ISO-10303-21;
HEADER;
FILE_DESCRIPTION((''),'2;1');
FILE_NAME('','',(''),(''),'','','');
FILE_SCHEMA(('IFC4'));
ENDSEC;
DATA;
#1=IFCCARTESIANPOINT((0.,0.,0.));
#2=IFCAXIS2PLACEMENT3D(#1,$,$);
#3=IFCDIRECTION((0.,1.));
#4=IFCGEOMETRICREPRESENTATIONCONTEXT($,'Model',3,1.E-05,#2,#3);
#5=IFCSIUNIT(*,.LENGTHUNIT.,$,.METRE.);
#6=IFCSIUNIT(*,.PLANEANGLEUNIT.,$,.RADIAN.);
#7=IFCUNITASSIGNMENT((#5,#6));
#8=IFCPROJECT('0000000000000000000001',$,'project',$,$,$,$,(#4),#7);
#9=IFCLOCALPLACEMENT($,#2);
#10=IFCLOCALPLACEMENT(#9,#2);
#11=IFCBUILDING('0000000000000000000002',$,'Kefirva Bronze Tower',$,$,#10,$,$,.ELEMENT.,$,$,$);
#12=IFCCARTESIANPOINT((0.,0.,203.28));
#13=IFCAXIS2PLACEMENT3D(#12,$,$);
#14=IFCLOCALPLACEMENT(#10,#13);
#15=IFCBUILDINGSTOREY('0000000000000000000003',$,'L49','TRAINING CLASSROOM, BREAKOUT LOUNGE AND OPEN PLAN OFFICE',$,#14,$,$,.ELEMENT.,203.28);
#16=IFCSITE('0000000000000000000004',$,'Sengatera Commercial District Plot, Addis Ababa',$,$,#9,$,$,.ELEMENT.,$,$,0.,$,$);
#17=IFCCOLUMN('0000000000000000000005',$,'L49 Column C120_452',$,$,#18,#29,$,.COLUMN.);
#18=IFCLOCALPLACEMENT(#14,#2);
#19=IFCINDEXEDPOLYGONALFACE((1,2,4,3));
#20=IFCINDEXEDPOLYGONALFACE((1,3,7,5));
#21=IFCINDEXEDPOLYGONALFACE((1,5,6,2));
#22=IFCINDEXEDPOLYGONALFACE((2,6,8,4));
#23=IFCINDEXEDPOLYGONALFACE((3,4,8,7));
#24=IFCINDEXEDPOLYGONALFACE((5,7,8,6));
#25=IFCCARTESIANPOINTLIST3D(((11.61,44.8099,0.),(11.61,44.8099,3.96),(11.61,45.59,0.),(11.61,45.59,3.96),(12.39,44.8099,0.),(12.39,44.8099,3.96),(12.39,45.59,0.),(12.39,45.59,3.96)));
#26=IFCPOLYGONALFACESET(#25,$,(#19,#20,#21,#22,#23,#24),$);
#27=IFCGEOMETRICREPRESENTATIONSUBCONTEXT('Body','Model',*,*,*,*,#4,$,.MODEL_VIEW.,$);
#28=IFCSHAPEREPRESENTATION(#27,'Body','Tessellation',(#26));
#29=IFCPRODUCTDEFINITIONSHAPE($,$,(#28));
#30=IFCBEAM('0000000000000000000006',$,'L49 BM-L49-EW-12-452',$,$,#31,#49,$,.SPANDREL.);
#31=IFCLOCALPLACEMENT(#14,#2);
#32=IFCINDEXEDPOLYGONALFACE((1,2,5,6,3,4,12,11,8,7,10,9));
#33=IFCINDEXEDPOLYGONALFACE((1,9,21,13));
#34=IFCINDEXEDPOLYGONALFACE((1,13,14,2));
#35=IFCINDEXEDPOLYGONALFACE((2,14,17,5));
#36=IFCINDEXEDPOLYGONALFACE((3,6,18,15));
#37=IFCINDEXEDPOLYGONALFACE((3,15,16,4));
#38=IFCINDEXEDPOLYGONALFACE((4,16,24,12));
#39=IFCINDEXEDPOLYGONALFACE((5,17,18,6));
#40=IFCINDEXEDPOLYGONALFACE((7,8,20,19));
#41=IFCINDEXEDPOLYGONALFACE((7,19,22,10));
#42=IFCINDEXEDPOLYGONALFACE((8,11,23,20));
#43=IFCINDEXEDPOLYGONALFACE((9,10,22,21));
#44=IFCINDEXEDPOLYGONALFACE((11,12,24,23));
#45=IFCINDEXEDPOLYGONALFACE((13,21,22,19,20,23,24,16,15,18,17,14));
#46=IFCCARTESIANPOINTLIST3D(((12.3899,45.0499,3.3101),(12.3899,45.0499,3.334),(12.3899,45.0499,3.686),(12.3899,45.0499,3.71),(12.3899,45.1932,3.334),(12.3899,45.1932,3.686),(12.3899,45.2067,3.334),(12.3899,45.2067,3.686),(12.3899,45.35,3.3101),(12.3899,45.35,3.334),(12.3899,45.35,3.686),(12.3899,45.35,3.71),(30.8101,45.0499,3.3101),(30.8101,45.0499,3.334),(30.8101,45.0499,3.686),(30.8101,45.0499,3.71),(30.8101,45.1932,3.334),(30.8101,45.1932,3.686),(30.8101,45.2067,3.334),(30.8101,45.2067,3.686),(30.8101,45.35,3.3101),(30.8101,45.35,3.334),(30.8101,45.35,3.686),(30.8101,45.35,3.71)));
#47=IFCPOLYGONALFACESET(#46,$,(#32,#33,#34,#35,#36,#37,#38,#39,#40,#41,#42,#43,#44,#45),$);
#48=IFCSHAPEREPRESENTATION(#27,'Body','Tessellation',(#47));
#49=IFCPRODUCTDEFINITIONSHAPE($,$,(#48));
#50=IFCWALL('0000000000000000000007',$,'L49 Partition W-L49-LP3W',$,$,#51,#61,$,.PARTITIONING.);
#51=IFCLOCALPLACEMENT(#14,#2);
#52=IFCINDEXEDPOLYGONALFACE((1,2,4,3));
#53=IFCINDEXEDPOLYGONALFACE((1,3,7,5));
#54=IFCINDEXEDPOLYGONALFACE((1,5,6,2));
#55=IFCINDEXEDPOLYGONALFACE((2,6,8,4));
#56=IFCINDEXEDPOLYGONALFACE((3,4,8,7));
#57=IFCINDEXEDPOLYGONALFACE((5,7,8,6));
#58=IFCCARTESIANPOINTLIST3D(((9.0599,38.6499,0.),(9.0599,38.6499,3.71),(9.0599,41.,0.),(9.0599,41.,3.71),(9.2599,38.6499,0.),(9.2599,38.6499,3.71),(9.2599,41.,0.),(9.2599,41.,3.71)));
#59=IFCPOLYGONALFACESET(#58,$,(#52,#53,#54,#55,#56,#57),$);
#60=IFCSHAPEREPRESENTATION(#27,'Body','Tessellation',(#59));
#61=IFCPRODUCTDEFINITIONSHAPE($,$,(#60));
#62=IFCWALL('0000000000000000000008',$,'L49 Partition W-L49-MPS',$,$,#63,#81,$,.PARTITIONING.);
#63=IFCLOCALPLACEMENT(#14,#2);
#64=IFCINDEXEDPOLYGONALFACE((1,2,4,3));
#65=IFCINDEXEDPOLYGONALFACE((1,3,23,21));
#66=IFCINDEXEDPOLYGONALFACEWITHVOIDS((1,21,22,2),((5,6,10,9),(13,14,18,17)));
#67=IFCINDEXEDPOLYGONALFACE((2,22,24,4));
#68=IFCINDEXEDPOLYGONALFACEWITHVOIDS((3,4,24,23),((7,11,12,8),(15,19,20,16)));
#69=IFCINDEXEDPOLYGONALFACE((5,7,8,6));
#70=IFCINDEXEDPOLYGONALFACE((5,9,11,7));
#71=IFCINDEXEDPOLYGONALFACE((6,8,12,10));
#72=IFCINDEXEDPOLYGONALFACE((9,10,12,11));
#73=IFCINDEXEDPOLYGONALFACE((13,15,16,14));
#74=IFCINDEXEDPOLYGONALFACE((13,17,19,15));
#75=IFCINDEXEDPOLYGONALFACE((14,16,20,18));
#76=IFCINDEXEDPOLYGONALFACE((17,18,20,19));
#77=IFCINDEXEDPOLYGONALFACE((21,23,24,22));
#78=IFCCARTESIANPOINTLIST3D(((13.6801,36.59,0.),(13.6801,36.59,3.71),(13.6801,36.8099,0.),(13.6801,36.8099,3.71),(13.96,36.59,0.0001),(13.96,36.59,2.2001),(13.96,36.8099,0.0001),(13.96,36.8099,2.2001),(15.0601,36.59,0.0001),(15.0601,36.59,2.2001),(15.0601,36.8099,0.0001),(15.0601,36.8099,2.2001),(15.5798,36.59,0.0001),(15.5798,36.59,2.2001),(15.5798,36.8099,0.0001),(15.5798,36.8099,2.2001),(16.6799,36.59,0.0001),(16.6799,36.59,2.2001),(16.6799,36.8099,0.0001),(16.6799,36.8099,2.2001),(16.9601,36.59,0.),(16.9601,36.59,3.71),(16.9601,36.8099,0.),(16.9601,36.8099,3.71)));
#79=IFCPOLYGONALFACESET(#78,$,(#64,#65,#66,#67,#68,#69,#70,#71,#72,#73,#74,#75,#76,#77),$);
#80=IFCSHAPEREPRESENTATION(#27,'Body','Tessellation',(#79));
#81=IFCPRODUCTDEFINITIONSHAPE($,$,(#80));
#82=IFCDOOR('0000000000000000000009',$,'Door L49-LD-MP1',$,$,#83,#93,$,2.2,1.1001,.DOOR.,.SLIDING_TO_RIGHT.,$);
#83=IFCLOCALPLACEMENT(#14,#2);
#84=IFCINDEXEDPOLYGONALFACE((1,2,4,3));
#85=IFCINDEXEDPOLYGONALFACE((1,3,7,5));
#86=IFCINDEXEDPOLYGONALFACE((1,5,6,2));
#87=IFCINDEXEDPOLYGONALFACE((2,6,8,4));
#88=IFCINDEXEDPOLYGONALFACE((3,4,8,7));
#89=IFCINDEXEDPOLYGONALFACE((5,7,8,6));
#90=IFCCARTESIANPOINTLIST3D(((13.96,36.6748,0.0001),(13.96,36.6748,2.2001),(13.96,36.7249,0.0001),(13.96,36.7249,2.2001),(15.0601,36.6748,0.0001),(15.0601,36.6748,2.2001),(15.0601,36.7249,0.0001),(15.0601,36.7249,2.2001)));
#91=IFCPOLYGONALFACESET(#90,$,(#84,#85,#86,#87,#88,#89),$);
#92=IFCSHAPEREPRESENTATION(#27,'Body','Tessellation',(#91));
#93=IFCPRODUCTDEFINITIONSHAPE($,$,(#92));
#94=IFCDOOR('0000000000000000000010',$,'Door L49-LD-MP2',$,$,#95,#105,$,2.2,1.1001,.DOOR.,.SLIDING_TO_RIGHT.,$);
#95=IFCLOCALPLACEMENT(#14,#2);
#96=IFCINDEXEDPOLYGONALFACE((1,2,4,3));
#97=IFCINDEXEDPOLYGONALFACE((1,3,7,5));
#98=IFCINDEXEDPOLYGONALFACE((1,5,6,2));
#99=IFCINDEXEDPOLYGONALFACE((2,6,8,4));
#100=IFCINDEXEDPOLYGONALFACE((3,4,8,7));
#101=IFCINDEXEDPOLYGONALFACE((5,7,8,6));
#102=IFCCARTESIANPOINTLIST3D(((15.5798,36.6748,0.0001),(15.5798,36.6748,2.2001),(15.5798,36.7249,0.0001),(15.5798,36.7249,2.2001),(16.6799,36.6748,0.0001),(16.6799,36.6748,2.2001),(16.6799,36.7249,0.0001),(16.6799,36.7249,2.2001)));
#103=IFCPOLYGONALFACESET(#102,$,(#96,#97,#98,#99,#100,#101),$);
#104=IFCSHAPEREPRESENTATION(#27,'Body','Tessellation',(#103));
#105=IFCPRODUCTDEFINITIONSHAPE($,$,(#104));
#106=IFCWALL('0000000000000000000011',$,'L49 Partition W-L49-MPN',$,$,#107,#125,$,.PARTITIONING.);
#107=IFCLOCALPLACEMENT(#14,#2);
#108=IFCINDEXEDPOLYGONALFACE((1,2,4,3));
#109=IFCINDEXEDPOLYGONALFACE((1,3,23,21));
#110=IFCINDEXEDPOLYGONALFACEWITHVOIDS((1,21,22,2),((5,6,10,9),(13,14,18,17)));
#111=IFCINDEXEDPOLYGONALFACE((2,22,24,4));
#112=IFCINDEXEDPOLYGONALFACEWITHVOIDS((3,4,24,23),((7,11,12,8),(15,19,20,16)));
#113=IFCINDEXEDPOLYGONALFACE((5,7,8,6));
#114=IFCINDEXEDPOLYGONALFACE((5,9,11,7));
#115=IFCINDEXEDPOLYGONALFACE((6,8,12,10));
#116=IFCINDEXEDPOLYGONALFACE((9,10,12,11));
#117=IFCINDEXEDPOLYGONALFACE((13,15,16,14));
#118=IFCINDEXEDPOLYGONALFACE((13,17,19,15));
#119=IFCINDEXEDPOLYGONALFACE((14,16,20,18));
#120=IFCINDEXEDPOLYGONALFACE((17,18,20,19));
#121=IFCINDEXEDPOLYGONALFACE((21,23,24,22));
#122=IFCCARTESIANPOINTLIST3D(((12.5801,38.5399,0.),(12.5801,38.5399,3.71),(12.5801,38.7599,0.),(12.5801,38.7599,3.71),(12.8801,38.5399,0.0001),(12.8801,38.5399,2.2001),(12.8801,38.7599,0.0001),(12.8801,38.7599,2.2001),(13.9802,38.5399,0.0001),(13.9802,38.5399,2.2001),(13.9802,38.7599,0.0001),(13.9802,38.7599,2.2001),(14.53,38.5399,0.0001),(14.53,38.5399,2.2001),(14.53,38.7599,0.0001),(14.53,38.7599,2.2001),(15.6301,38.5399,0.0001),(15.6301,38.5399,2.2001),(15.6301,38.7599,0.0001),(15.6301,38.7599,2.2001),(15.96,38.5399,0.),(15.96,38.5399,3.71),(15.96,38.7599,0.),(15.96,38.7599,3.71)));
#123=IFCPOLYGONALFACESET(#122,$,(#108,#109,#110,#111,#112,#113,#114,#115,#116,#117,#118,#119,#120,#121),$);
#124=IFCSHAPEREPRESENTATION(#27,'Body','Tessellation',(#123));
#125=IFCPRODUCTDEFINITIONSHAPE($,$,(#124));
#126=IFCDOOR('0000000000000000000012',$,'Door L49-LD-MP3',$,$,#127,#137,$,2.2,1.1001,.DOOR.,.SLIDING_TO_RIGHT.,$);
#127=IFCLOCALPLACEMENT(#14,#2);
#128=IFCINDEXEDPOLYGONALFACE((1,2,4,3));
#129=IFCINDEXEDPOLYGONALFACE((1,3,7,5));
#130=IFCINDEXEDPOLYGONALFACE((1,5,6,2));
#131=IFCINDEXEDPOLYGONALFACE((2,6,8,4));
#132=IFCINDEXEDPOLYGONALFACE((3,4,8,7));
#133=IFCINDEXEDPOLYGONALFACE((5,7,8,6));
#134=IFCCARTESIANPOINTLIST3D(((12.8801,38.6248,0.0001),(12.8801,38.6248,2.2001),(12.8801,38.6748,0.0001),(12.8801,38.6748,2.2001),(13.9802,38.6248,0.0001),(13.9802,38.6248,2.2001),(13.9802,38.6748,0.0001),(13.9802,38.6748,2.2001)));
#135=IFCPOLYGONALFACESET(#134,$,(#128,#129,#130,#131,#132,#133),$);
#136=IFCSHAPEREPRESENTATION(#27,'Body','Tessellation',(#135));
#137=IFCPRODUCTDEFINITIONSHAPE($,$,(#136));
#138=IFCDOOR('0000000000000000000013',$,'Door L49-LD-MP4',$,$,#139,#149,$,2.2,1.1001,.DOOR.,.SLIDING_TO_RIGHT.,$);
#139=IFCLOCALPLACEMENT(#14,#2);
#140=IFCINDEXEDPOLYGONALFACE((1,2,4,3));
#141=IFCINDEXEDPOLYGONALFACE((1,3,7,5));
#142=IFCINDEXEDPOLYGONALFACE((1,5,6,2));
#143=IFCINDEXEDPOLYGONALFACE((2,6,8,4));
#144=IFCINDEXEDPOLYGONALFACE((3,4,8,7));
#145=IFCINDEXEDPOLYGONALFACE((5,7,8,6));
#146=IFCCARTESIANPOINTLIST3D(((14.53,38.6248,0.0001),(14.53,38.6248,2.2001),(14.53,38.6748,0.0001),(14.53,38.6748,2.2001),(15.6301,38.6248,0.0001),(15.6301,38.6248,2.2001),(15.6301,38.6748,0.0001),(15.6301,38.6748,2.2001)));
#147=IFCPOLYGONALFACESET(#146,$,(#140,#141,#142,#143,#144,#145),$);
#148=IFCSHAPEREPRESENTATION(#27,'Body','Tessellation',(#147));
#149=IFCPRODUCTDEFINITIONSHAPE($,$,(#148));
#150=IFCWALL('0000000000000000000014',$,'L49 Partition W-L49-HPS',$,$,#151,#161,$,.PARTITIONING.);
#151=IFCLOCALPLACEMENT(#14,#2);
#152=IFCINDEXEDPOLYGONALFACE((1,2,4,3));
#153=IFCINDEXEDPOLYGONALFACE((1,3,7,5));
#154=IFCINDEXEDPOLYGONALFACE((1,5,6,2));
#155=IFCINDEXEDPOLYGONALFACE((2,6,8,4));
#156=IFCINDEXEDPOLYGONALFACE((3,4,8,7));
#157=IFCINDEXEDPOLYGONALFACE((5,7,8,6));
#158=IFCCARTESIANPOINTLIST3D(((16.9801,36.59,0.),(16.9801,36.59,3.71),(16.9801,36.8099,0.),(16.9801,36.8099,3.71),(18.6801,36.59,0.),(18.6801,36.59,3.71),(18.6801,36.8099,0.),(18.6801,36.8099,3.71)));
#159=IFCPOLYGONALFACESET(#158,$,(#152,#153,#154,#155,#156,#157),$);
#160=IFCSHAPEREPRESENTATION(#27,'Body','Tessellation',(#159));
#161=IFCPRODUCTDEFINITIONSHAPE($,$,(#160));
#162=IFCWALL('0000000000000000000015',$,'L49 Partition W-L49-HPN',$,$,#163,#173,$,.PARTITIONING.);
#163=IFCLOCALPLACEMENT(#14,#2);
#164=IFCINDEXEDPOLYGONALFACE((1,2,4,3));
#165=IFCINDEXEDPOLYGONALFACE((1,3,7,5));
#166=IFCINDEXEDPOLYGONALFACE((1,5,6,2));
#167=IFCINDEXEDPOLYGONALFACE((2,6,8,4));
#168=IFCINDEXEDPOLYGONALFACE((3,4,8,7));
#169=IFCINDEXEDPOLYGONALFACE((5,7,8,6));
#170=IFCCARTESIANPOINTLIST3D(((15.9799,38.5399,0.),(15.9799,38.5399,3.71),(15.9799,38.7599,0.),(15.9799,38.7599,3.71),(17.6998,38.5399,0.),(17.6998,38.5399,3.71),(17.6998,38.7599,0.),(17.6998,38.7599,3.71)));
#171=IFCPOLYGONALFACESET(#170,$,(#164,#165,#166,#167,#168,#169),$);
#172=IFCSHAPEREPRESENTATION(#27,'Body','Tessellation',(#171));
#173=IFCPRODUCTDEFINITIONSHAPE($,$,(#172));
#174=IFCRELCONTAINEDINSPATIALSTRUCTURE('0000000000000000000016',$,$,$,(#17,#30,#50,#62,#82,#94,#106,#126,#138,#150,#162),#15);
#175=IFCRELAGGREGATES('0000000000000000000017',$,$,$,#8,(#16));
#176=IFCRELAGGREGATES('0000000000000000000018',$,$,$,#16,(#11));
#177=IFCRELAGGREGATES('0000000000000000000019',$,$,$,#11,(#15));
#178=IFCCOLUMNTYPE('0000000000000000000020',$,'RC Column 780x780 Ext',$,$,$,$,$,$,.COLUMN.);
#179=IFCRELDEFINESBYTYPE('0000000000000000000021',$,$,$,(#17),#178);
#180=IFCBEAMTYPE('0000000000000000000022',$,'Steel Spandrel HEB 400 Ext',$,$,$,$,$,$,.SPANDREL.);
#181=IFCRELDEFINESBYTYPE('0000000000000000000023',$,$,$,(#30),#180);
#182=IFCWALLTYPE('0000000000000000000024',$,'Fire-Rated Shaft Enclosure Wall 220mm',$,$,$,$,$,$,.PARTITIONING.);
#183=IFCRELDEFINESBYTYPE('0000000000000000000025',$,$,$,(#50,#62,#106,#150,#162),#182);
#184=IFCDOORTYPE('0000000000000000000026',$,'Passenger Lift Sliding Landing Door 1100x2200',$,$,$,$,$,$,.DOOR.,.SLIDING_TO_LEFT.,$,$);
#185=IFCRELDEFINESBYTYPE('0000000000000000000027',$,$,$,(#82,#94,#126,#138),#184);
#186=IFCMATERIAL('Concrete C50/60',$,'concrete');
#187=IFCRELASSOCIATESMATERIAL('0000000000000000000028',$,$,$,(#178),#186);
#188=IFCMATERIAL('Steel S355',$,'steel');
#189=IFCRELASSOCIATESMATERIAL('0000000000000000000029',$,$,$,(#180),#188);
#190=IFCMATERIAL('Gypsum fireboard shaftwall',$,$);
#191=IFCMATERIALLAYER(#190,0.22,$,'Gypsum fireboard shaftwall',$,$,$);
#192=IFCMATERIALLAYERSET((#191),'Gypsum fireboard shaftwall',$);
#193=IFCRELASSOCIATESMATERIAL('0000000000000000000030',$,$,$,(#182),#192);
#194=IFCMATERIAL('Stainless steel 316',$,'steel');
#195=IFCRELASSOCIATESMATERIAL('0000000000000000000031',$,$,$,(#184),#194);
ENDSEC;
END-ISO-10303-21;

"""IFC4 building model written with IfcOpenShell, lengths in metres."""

from ifc_helpers import new_model, si_unit, direction, frame, frame_2d, origin, origin_2d, place, context, subcontext, project, spatial, rectangle, i_section, extrude, material, layer, layer_set, material_profile, profile_set, type_object, element, fill, save


model = new_model("IFC4")

# Units and contexts
model_context = context("Model", 3, precision=1e-05, world=origin(), true_north=direction((0.0, 1.0)))
body_context = subcontext(model_context, "Body", "Model", "MODEL_VIEW")
ifc_project = project(units=[si_unit("LENGTHUNIT", "METRE"), si_unit("PLANEANGLEUNIT", "RADIAN")], contexts=[model_context])

# Site, building, storey
site_placement = place(None, origin())
site = spatial("IfcSite", under=ifc_project, at=site_placement, Name="Sengatera Commercial District Plot, Addis Ababa", CompositionType="ELEMENT", RefElevation=0.0)
building_placement = place(site_placement, origin())
building = spatial("IfcBuilding", under=site, at=building_placement, Name="Kefirva Bronze Tower", CompositionType="ELEMENT")
storey_placement = place(building_placement, frame((0.0, 0.0, 203.28)))
storey = spatial("IfcBuildingStorey", under=building, at=storey_placement, Name="L49", Description="TRAINING CLASSROOM, BREAKOUT LOUNGE AND OPEN PLAN OFFICE", CompositionType="ELEMENT", Elevation=203.28)

# Column
ifc_material_1 = material(Name="Concrete C50/60", Category="concrete")
ifc_material_profile_1 = material_profile(ifc_material_1, rectangle(XDim=0.78, YDim=0.78, at=origin_2d()), Name="RC 780x780")
ifc_profile_set_1 = profile_set([ifc_material_profile_1], Name="Concrete C50/60")
column_type = type_object("IfcColumnType", Name="RC Column 780x780 Ext", PredefinedType="COLUMN", material=ifc_profile_set_1)
column_placement = place(storey_placement, frame((12.0, 45.2, 0.0), z_axis=(0.0, 0.0, 1.0), x_axis=(1.0, 0.0, 0.0)))
element("IfcColumn", 1, at=column_placement, inside=storey, type_object=column_type, Name="L49 Column C120_452", PredefinedType="COLUMN", context=body_context, shape_type="SweptSolid", body=[
    extrude(rectangle(XDim=0.78, YDim=0.78, at=origin_2d()), origin(), (0.0, 0.0, 1.0), 3.96),
])

# Beam
ifc_material_2 = material(Name="Steel S355", Category="steel")
ifc_material_profile_2 = material_profile(ifc_material_2, i_section(OverallWidth=0.3, OverallDepth=0.3999, WebThickness=0.0134, FlangeThickness=0.0239, at=origin_2d()), Name="HEB 400")
ifc_profile_set_2 = profile_set([ifc_material_profile_2], Name="Steel S355")
beam_type = type_object("IfcBeamType", Name="Steel Spandrel HEB 400 Ext", PredefinedType="SPANDREL", material=ifc_profile_set_2)
beam_placement = place(storey_placement, frame((12.3899, 45.2, 3.51), z_axis=(1.0, 0.0, 0.0), x_axis=(0.0, 1.0, 0.0)))
element("IfcBeam", 2, at=beam_placement, inside=storey, type_object=beam_type, Name="L49 BM-L49-EW-12-452", PredefinedType="SPANDREL", context=body_context, shape_type="SweptSolid", body=[
    extrude(i_section(OverallWidth=0.3, OverallDepth=0.3999, WebThickness=0.0134, FlangeThickness=0.0239, at=origin_2d()), origin(), (0.0, 0.0, 1.0), 18.4202),
])

# Wall
ifc_material_3 = material(Name="Gypsum fireboard shaftwall")
ifc_layer_1 = layer(ifc_material_3, 0.22, Name="Gypsum fireboard shaftwall")
ifc_layer_set_1 = layer_set([ifc_layer_1], Name="Gypsum fireboard shaftwall")
wall_type_1 = type_object("IfcWallType", Name="Fire-Rated Shaft Enclosure Wall 220mm", PredefinedType="PARTITIONING", material=ifc_layer_set_1)
wall_1_placement = place(storey_placement, frame((9.1599, 38.6499, 0.0), z_axis=(0.0, 0.0, 1.0), x_axis=(0.0, 1.0, 0.0)))
element("IfcWall", 3, at=wall_1_placement, inside=storey, type_object=wall_type_1, Name="L49 Partition W-L49-LP3W", PredefinedType="PARTITIONING", context=body_context, shape_type="SweptSolid", body=[
    extrude(rectangle(XDim=2.3501, YDim=0.2, at=frame_2d((1.175, 0.0))), origin(), (0.0, 0.0, 1.0), 3.71),
])

# Walls, openings, doors
wall_2_placement = place(storey_placement, frame((13.6799, 36.7, 0.0), z_axis=(0.0, 0.0, 1.0), x_axis=(1.0, 0.0, 0.0)))
wall_2 = element("IfcWall", 4, at=wall_2_placement, inside=storey, type_object=wall_type_1, Name="L49 Partition W-L49-MPS", PredefinedType="PARTITIONING", context=body_context, shape_type="SweptSolid", body=[
    extrude(rectangle(XDim=3.28, YDim=0.22, at=frame_2d((1.6401, 0.0))), origin(), (0.0, 0.0, 1.0), 3.71),
])
opening_1_placement = place(wall_2_placement, frame((0.28, 0.0, 0.0)))
opening_1 = element("IfcOpeningElement", 5, at=opening_1_placement, cuts=wall_2, PredefinedType="OPENING", context=body_context, shape_type="SweptSolid", body=[
    extrude(rectangle(XDim=1.1001, YDim=2.2, at=frame_2d((0.55, 1.1001))), frame((0.0, 0.1201, 0.0), z_axis=(0.0, -1.0, 0.0), x_axis=(1.0, 0.0, 0.0)), (0.0, 0.0, 1.0), 0.24),
])
opening_2_placement = place(wall_2_placement, frame((1.8999, 0.0, 0.0)))
opening_2 = element("IfcOpeningElement", 6, at=opening_2_placement, cuts=wall_2, PredefinedType="OPENING", context=body_context, shape_type="SweptSolid", body=[
    extrude(rectangle(XDim=1.1001, YDim=2.2, at=frame_2d((0.55, 1.1001))), frame((0.0, 0.1201, 0.0), z_axis=(0.0, -1.0, 0.0), x_axis=(1.0, 0.0, 0.0)), (0.0, 0.0, 1.0), 0.24),
])
ifc_material_4 = material(Name="Stainless steel 316", Category="steel")
door_type_1 = type_object("IfcDoorType", Name="Passenger Lift Sliding Landing Door 1100x2200", OperationType="SLIDING_TO_LEFT", PredefinedType="DOOR", material=ifc_material_4)
door_1_placement = place(opening_1_placement, origin())
door_1 = element("IfcDoor", 7, at=door_1_placement, inside=storey, type_object=door_type_1, Name="Door L49-LD-MP1", OperationType="SLIDING_TO_RIGHT", OverallHeight=2.2, OverallWidth=1.1001, PredefinedType="DOOR", context=body_context, shape_type="SweptSolid", body=[
    extrude(rectangle(XDim=1.1001, YDim=2.2, at=frame_2d((0.55, 1.1001))), frame((0.0, 0.0249, 0.0), z_axis=(0.0, -1.0, 0.0), x_axis=(1.0, 0.0, 0.0)), (0.0, 0.0, 1.0), 0.05),
])
fill(opening_1, door_1)
door_2_placement = place(opening_2_placement, origin())
door_2 = element("IfcDoor", 8, at=door_2_placement, inside=storey, type_object=door_type_1, Name="Door L49-LD-MP2", OperationType="SLIDING_TO_RIGHT", OverallHeight=2.2, OverallWidth=1.1001, PredefinedType="DOOR", context=body_context, shape_type="SweptSolid", body=[
    extrude(rectangle(XDim=1.1001, YDim=2.2, at=frame_2d((0.55, 1.1001))), frame((0.0, 0.0249, 0.0), z_axis=(0.0, -1.0, 0.0), x_axis=(1.0, 0.0, 0.0)), (0.0, 0.0, 1.0), 0.05),
])
fill(opening_2, door_2)
wall_3_placement = place(storey_placement, frame((12.5801, 38.6499, 0.0), z_axis=(0.0, 0.0, 1.0), x_axis=(1.0, 0.0, 0.0)))
wall_3 = element("IfcWall", 9, at=wall_3_placement, inside=storey, type_object=wall_type_1, Name="L49 Partition W-L49-MPN", PredefinedType="PARTITIONING", context=body_context, shape_type="SweptSolid", body=[
    extrude(rectangle(XDim=3.3799, YDim=0.22, at=frame_2d((1.6899, 0.0))), origin(), (0.0, 0.0, 1.0), 3.71),
])
opening_3_placement = place(wall_3_placement, frame((0.3, 0.0, 0.0)))
opening_3 = element("IfcOpeningElement", 10, at=opening_3_placement, cuts=wall_3, PredefinedType="OPENING", context=body_context, shape_type="SweptSolid", body=[
    extrude(rectangle(XDim=1.1001, YDim=2.2, at=frame_2d((0.55, 1.1001))), frame((0.0, 0.1201, 0.0), z_axis=(0.0, -1.0, 0.0), x_axis=(1.0, 0.0, 0.0)), (0.0, 0.0, 1.0), 0.24),
])
opening_4_placement = place(wall_3_placement, frame((1.95, 0.0, 0.0)))
opening_4 = element("IfcOpeningElement", 11, at=opening_4_placement, cuts=wall_3, PredefinedType="OPENING", context=body_context, shape_type="SweptSolid", body=[
    extrude(rectangle(XDim=1.1001, YDim=2.2, at=frame_2d((0.55, 1.1001))), frame((0.0, 0.1201, 0.0), z_axis=(0.0, -1.0, 0.0), x_axis=(1.0, 0.0, 0.0)), (0.0, 0.0, 1.0), 0.24),
])
door_3_placement = place(opening_3_placement, origin())
door_3 = element("IfcDoor", 12, at=door_3_placement, inside=storey, type_object=door_type_1, Name="Door L49-LD-MP3", OperationType="SLIDING_TO_RIGHT", OverallHeight=2.2, OverallWidth=1.1001, PredefinedType="DOOR", context=body_context, shape_type="SweptSolid", body=[
    extrude(rectangle(XDim=1.1001, YDim=2.2, at=frame_2d((0.55, 1.1001))), frame((0.0, 0.0249, 0.0), z_axis=(0.0, -1.0, 0.0), x_axis=(1.0, 0.0, 0.0)), (0.0, 0.0, 1.0), 0.05),
])
fill(opening_3, door_3)
door_4_placement = place(opening_4_placement, origin())
door_4 = element("IfcDoor", 13, at=door_4_placement, inside=storey, type_object=door_type_1, Name="Door L49-LD-MP4", OperationType="SLIDING_TO_RIGHT", OverallHeight=2.2, OverallWidth=1.1001, PredefinedType="DOOR", context=body_context, shape_type="SweptSolid", body=[
    extrude(rectangle(XDim=1.1001, YDim=2.2, at=frame_2d((0.55, 1.1001))), frame((0.0, 0.0249, 0.0), z_axis=(0.0, -1.0, 0.0), x_axis=(1.0, 0.0, 0.0)), (0.0, 0.0, 1.0), 0.05),
])
fill(opening_4, door_4)

# Walls
wall_4_placement = place(storey_placement, frame((16.98, 36.7, 0.0), z_axis=(0.0, 0.0, 1.0), x_axis=(1.0, 0.0, 0.0)))
element("IfcWall", 14, at=wall_4_placement, inside=storey, type_object=wall_type_1, Name="L49 Partition W-L49-HPS", PredefinedType="PARTITIONING", context=body_context, shape_type="SweptSolid", body=[
    extrude(rectangle(XDim=1.7, YDim=0.22, at=frame_2d((0.8501, 0.0))), origin(), (0.0, 0.0, 1.0), 3.71),
])
wall_5_placement = place(storey_placement, frame((15.98, 38.6499, 0.0), z_axis=(0.0, 0.0, 1.0), x_axis=(1.0, 0.0, 0.0)))
element("IfcWall", 15, at=wall_5_placement, inside=storey, type_object=wall_type_1, Name="L49 Partition W-L49-HPN", PredefinedType="PARTITIONING", context=body_context, shape_type="SweptSolid", body=[
    extrude(rectangle(XDim=1.72, YDim=0.22, at=frame_2d((0.8599, 0.0))), origin(), (0.0, 0.0, 1.0), 3.71),
])

save(model, "model.ifc")
